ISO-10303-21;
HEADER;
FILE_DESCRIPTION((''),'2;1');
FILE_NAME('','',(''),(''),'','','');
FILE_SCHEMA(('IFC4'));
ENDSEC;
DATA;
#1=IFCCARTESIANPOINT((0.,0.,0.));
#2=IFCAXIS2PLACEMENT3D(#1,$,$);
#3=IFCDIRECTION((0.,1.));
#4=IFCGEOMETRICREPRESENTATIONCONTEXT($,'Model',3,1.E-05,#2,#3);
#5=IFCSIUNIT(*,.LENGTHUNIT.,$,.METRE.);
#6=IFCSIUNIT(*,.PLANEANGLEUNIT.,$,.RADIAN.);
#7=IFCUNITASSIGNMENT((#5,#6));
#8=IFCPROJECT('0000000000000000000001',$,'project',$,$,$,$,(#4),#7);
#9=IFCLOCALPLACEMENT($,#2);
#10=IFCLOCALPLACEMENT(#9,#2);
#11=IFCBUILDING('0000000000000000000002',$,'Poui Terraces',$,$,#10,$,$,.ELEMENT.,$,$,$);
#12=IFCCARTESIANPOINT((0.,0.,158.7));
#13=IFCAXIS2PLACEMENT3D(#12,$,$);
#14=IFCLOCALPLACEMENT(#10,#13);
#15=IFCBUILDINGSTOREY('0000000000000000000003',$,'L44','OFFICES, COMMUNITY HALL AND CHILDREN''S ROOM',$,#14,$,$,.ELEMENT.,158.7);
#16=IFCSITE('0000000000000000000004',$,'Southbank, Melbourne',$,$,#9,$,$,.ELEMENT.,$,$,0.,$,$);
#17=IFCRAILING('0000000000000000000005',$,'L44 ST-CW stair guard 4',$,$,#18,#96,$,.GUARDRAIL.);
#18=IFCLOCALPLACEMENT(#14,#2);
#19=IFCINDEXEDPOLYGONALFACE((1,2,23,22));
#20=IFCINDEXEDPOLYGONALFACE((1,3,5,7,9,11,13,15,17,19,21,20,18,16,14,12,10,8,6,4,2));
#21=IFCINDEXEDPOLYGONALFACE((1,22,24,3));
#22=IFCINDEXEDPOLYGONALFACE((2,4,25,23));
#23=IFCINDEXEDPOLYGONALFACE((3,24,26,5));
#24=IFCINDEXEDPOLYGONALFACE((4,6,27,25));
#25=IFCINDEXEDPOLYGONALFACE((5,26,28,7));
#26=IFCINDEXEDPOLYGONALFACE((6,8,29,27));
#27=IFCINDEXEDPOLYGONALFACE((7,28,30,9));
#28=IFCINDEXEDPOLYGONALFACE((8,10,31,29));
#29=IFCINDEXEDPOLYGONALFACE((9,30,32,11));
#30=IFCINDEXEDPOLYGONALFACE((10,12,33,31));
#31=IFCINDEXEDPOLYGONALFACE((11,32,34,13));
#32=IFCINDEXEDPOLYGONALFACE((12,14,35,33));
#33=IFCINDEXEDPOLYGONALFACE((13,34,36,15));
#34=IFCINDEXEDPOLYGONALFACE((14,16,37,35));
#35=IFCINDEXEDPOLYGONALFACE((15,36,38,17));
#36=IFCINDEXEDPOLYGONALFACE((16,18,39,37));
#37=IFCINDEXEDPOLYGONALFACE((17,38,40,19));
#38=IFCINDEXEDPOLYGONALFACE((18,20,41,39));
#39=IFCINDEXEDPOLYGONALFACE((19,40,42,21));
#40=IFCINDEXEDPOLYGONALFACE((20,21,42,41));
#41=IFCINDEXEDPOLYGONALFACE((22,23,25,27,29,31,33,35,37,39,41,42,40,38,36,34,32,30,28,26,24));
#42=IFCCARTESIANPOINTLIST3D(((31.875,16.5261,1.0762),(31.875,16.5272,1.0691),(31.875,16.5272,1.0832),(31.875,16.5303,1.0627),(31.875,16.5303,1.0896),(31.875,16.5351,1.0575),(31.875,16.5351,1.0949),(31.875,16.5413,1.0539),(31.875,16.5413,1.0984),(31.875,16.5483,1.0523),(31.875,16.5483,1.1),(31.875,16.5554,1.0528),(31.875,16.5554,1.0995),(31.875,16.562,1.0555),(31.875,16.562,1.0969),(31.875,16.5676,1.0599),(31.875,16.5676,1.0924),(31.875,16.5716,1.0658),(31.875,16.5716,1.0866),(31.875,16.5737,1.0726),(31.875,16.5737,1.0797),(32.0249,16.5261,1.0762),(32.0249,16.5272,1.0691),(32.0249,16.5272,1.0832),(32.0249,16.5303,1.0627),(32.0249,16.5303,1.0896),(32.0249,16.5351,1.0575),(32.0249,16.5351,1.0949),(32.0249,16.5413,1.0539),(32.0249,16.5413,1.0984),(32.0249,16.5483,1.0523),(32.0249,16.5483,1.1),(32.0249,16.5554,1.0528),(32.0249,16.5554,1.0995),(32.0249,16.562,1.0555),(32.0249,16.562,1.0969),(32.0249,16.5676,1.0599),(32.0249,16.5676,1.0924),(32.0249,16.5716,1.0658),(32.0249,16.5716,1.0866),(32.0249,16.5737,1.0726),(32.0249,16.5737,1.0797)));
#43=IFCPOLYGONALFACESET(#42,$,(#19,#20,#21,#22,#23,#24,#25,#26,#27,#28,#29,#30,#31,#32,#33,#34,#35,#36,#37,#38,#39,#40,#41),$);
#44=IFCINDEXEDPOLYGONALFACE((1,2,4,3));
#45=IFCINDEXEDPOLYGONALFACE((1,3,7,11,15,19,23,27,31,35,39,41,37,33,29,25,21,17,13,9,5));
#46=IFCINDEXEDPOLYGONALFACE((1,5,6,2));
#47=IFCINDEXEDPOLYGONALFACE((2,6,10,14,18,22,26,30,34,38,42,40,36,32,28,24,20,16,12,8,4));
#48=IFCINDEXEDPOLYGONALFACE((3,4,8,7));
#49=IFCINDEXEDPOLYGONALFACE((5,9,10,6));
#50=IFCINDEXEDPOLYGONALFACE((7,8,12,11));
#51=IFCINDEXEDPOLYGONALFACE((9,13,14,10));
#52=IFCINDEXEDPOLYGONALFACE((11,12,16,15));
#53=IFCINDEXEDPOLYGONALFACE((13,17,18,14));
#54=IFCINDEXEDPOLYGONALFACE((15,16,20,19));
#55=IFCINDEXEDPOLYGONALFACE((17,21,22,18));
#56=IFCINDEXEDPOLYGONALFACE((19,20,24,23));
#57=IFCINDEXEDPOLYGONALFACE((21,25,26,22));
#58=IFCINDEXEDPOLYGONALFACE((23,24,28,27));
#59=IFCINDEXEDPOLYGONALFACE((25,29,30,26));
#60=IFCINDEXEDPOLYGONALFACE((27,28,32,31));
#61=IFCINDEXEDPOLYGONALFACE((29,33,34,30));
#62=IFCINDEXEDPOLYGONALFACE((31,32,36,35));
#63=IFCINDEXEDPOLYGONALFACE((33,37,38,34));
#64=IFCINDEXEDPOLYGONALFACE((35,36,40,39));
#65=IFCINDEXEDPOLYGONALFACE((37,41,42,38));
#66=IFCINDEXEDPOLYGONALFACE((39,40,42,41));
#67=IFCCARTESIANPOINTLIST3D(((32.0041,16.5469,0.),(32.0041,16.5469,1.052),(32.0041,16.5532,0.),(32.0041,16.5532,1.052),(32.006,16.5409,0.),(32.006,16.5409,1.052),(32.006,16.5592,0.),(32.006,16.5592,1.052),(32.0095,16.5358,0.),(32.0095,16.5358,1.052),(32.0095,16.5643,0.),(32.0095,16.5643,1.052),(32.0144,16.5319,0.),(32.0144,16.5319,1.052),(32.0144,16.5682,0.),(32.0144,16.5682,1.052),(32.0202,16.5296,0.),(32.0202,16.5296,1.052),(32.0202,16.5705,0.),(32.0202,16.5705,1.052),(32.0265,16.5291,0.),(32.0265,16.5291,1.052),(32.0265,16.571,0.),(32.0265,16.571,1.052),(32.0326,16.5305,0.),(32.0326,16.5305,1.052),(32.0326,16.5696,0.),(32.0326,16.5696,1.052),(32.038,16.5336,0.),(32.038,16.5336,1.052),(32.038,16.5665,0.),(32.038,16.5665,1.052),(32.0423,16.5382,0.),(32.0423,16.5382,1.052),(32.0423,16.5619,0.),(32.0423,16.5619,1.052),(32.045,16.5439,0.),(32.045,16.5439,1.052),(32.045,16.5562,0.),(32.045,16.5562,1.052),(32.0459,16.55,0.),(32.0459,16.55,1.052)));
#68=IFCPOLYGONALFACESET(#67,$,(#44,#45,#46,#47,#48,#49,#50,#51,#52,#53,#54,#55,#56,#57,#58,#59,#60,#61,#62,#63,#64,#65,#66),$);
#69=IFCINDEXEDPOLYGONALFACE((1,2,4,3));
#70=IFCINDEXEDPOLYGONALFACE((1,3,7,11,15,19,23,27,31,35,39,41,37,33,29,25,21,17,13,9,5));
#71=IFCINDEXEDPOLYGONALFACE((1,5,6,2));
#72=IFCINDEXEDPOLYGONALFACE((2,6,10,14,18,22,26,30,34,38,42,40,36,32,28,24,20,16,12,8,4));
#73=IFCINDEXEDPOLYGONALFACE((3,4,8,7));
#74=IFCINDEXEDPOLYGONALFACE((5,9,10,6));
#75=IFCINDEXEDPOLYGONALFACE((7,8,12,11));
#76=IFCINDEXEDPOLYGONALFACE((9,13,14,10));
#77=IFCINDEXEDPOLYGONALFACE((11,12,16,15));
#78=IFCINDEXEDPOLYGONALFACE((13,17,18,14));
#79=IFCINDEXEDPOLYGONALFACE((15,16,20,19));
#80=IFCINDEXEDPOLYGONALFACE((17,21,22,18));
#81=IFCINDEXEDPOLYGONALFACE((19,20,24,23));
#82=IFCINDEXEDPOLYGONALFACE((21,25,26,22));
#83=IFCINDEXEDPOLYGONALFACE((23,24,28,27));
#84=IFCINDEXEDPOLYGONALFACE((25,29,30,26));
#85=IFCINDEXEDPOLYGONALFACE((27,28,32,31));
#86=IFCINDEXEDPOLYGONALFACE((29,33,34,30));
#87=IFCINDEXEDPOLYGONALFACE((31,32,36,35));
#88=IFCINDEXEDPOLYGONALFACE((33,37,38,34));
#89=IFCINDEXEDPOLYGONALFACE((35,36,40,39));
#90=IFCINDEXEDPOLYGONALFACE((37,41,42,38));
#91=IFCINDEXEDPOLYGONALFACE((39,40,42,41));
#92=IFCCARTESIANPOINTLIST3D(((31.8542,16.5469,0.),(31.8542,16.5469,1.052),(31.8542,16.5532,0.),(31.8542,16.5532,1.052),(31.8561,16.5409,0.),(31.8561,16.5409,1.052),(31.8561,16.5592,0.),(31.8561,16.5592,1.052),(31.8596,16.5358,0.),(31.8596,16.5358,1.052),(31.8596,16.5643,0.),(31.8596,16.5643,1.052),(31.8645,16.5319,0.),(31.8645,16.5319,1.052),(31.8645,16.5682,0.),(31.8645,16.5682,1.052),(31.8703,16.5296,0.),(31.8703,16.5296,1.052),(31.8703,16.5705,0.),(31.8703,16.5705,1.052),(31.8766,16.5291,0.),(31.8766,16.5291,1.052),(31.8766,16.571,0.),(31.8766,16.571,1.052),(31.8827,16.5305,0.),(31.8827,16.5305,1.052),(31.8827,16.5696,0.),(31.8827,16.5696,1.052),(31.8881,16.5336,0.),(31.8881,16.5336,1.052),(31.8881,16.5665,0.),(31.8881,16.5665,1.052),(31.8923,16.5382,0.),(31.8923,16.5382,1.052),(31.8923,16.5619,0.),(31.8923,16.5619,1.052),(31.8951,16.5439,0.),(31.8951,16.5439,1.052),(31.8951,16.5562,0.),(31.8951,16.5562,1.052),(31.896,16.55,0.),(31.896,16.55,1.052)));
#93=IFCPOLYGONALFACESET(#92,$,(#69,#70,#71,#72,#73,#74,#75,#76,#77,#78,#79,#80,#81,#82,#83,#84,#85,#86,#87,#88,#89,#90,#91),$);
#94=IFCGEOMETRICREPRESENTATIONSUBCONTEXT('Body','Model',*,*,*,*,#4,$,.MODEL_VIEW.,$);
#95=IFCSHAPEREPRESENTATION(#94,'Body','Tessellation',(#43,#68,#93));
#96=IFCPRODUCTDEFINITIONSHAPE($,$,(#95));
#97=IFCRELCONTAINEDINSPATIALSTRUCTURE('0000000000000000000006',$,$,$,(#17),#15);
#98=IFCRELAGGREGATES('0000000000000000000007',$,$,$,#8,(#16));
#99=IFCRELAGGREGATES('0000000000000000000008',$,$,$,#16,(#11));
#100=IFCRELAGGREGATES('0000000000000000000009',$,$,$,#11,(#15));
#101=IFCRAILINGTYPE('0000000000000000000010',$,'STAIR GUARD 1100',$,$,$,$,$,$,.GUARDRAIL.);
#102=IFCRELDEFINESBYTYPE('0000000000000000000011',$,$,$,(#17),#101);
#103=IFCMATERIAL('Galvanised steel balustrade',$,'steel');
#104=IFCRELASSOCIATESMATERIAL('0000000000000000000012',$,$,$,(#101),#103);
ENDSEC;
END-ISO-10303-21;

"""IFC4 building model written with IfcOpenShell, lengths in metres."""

from ifc_helpers import new_model, si_unit, direction, frame, origin, origin_2d, place, context, subcontext, project, spatial, circle, extrude, material, type_object, element, save


model = new_model("IFC4")

# Units and contexts
model_context = context("Model", 3, precision=1e-05, world=origin(), true_north=direction((0.0, 1.0)))
body_context = subcontext(model_context, "Body", "Model", "MODEL_VIEW")
ifc_project = project(units=[si_unit("LENGTHUNIT", "METRE"), si_unit("PLANEANGLEUNIT", "RADIAN")], contexts=[model_context])

# Site, building, storey
site_placement = place(None, origin())
site = spatial("IfcSite", under=ifc_project, at=site_placement, Name="Southbank, Melbourne", CompositionType="ELEMENT", RefElevation=0.0)
building_placement = place(site_placement, origin())
building = spatial("IfcBuilding", under=site, at=building_placement, Name="Poui Terraces", CompositionType="ELEMENT")
storey_placement = place(building_placement, frame((0.0, 0.0, 158.7)))
storey = spatial("IfcBuildingStorey", under=building, at=storey_placement, Name="L44", Description="OFFICES, COMMUNITY HALL AND CHILDREN'S ROOM", CompositionType="ELEMENT", Elevation=158.7)

# Railing
ifc_material_1 = material(Name="Galvanised steel balustrade", Category="steel")
railing_type = type_object("IfcRailingType", Name="STAIR GUARD 1100", PredefinedType="GUARDRAIL", material=ifc_material_1)
railing_1_placement = place(storey_placement, frame((32.0249, 16.55, 0.0)))
element("IfcRailing", 1, at=railing_1_placement, inside=storey, type_object=railing_type, Name="L44 ST-CW stair guard 4", PredefinedType="GUARDRAIL", context=body_context, shape_type="SweptSolid", body=[
    extrude(circle(Radius=0.0239, at=origin_2d()), frame((0.0, 0.0, 1.0762), z_axis=(-1.0, 0.0, 0.0), x_axis=(0.0, -1.0, 0.0)), (0.0, 0.0, 1.0), 0.1499),
    extrude(circle(Radius=0.021, at=origin_2d()), origin(), (0.0, 0.0, 1.0), 1.052),
    extrude(circle(Radius=0.021, at=origin_2d()), frame((-0.1499, 0.0, 0.0)), (0.0, 0.0, 1.0), 1.052),
])

save(model, "model.ifc")
